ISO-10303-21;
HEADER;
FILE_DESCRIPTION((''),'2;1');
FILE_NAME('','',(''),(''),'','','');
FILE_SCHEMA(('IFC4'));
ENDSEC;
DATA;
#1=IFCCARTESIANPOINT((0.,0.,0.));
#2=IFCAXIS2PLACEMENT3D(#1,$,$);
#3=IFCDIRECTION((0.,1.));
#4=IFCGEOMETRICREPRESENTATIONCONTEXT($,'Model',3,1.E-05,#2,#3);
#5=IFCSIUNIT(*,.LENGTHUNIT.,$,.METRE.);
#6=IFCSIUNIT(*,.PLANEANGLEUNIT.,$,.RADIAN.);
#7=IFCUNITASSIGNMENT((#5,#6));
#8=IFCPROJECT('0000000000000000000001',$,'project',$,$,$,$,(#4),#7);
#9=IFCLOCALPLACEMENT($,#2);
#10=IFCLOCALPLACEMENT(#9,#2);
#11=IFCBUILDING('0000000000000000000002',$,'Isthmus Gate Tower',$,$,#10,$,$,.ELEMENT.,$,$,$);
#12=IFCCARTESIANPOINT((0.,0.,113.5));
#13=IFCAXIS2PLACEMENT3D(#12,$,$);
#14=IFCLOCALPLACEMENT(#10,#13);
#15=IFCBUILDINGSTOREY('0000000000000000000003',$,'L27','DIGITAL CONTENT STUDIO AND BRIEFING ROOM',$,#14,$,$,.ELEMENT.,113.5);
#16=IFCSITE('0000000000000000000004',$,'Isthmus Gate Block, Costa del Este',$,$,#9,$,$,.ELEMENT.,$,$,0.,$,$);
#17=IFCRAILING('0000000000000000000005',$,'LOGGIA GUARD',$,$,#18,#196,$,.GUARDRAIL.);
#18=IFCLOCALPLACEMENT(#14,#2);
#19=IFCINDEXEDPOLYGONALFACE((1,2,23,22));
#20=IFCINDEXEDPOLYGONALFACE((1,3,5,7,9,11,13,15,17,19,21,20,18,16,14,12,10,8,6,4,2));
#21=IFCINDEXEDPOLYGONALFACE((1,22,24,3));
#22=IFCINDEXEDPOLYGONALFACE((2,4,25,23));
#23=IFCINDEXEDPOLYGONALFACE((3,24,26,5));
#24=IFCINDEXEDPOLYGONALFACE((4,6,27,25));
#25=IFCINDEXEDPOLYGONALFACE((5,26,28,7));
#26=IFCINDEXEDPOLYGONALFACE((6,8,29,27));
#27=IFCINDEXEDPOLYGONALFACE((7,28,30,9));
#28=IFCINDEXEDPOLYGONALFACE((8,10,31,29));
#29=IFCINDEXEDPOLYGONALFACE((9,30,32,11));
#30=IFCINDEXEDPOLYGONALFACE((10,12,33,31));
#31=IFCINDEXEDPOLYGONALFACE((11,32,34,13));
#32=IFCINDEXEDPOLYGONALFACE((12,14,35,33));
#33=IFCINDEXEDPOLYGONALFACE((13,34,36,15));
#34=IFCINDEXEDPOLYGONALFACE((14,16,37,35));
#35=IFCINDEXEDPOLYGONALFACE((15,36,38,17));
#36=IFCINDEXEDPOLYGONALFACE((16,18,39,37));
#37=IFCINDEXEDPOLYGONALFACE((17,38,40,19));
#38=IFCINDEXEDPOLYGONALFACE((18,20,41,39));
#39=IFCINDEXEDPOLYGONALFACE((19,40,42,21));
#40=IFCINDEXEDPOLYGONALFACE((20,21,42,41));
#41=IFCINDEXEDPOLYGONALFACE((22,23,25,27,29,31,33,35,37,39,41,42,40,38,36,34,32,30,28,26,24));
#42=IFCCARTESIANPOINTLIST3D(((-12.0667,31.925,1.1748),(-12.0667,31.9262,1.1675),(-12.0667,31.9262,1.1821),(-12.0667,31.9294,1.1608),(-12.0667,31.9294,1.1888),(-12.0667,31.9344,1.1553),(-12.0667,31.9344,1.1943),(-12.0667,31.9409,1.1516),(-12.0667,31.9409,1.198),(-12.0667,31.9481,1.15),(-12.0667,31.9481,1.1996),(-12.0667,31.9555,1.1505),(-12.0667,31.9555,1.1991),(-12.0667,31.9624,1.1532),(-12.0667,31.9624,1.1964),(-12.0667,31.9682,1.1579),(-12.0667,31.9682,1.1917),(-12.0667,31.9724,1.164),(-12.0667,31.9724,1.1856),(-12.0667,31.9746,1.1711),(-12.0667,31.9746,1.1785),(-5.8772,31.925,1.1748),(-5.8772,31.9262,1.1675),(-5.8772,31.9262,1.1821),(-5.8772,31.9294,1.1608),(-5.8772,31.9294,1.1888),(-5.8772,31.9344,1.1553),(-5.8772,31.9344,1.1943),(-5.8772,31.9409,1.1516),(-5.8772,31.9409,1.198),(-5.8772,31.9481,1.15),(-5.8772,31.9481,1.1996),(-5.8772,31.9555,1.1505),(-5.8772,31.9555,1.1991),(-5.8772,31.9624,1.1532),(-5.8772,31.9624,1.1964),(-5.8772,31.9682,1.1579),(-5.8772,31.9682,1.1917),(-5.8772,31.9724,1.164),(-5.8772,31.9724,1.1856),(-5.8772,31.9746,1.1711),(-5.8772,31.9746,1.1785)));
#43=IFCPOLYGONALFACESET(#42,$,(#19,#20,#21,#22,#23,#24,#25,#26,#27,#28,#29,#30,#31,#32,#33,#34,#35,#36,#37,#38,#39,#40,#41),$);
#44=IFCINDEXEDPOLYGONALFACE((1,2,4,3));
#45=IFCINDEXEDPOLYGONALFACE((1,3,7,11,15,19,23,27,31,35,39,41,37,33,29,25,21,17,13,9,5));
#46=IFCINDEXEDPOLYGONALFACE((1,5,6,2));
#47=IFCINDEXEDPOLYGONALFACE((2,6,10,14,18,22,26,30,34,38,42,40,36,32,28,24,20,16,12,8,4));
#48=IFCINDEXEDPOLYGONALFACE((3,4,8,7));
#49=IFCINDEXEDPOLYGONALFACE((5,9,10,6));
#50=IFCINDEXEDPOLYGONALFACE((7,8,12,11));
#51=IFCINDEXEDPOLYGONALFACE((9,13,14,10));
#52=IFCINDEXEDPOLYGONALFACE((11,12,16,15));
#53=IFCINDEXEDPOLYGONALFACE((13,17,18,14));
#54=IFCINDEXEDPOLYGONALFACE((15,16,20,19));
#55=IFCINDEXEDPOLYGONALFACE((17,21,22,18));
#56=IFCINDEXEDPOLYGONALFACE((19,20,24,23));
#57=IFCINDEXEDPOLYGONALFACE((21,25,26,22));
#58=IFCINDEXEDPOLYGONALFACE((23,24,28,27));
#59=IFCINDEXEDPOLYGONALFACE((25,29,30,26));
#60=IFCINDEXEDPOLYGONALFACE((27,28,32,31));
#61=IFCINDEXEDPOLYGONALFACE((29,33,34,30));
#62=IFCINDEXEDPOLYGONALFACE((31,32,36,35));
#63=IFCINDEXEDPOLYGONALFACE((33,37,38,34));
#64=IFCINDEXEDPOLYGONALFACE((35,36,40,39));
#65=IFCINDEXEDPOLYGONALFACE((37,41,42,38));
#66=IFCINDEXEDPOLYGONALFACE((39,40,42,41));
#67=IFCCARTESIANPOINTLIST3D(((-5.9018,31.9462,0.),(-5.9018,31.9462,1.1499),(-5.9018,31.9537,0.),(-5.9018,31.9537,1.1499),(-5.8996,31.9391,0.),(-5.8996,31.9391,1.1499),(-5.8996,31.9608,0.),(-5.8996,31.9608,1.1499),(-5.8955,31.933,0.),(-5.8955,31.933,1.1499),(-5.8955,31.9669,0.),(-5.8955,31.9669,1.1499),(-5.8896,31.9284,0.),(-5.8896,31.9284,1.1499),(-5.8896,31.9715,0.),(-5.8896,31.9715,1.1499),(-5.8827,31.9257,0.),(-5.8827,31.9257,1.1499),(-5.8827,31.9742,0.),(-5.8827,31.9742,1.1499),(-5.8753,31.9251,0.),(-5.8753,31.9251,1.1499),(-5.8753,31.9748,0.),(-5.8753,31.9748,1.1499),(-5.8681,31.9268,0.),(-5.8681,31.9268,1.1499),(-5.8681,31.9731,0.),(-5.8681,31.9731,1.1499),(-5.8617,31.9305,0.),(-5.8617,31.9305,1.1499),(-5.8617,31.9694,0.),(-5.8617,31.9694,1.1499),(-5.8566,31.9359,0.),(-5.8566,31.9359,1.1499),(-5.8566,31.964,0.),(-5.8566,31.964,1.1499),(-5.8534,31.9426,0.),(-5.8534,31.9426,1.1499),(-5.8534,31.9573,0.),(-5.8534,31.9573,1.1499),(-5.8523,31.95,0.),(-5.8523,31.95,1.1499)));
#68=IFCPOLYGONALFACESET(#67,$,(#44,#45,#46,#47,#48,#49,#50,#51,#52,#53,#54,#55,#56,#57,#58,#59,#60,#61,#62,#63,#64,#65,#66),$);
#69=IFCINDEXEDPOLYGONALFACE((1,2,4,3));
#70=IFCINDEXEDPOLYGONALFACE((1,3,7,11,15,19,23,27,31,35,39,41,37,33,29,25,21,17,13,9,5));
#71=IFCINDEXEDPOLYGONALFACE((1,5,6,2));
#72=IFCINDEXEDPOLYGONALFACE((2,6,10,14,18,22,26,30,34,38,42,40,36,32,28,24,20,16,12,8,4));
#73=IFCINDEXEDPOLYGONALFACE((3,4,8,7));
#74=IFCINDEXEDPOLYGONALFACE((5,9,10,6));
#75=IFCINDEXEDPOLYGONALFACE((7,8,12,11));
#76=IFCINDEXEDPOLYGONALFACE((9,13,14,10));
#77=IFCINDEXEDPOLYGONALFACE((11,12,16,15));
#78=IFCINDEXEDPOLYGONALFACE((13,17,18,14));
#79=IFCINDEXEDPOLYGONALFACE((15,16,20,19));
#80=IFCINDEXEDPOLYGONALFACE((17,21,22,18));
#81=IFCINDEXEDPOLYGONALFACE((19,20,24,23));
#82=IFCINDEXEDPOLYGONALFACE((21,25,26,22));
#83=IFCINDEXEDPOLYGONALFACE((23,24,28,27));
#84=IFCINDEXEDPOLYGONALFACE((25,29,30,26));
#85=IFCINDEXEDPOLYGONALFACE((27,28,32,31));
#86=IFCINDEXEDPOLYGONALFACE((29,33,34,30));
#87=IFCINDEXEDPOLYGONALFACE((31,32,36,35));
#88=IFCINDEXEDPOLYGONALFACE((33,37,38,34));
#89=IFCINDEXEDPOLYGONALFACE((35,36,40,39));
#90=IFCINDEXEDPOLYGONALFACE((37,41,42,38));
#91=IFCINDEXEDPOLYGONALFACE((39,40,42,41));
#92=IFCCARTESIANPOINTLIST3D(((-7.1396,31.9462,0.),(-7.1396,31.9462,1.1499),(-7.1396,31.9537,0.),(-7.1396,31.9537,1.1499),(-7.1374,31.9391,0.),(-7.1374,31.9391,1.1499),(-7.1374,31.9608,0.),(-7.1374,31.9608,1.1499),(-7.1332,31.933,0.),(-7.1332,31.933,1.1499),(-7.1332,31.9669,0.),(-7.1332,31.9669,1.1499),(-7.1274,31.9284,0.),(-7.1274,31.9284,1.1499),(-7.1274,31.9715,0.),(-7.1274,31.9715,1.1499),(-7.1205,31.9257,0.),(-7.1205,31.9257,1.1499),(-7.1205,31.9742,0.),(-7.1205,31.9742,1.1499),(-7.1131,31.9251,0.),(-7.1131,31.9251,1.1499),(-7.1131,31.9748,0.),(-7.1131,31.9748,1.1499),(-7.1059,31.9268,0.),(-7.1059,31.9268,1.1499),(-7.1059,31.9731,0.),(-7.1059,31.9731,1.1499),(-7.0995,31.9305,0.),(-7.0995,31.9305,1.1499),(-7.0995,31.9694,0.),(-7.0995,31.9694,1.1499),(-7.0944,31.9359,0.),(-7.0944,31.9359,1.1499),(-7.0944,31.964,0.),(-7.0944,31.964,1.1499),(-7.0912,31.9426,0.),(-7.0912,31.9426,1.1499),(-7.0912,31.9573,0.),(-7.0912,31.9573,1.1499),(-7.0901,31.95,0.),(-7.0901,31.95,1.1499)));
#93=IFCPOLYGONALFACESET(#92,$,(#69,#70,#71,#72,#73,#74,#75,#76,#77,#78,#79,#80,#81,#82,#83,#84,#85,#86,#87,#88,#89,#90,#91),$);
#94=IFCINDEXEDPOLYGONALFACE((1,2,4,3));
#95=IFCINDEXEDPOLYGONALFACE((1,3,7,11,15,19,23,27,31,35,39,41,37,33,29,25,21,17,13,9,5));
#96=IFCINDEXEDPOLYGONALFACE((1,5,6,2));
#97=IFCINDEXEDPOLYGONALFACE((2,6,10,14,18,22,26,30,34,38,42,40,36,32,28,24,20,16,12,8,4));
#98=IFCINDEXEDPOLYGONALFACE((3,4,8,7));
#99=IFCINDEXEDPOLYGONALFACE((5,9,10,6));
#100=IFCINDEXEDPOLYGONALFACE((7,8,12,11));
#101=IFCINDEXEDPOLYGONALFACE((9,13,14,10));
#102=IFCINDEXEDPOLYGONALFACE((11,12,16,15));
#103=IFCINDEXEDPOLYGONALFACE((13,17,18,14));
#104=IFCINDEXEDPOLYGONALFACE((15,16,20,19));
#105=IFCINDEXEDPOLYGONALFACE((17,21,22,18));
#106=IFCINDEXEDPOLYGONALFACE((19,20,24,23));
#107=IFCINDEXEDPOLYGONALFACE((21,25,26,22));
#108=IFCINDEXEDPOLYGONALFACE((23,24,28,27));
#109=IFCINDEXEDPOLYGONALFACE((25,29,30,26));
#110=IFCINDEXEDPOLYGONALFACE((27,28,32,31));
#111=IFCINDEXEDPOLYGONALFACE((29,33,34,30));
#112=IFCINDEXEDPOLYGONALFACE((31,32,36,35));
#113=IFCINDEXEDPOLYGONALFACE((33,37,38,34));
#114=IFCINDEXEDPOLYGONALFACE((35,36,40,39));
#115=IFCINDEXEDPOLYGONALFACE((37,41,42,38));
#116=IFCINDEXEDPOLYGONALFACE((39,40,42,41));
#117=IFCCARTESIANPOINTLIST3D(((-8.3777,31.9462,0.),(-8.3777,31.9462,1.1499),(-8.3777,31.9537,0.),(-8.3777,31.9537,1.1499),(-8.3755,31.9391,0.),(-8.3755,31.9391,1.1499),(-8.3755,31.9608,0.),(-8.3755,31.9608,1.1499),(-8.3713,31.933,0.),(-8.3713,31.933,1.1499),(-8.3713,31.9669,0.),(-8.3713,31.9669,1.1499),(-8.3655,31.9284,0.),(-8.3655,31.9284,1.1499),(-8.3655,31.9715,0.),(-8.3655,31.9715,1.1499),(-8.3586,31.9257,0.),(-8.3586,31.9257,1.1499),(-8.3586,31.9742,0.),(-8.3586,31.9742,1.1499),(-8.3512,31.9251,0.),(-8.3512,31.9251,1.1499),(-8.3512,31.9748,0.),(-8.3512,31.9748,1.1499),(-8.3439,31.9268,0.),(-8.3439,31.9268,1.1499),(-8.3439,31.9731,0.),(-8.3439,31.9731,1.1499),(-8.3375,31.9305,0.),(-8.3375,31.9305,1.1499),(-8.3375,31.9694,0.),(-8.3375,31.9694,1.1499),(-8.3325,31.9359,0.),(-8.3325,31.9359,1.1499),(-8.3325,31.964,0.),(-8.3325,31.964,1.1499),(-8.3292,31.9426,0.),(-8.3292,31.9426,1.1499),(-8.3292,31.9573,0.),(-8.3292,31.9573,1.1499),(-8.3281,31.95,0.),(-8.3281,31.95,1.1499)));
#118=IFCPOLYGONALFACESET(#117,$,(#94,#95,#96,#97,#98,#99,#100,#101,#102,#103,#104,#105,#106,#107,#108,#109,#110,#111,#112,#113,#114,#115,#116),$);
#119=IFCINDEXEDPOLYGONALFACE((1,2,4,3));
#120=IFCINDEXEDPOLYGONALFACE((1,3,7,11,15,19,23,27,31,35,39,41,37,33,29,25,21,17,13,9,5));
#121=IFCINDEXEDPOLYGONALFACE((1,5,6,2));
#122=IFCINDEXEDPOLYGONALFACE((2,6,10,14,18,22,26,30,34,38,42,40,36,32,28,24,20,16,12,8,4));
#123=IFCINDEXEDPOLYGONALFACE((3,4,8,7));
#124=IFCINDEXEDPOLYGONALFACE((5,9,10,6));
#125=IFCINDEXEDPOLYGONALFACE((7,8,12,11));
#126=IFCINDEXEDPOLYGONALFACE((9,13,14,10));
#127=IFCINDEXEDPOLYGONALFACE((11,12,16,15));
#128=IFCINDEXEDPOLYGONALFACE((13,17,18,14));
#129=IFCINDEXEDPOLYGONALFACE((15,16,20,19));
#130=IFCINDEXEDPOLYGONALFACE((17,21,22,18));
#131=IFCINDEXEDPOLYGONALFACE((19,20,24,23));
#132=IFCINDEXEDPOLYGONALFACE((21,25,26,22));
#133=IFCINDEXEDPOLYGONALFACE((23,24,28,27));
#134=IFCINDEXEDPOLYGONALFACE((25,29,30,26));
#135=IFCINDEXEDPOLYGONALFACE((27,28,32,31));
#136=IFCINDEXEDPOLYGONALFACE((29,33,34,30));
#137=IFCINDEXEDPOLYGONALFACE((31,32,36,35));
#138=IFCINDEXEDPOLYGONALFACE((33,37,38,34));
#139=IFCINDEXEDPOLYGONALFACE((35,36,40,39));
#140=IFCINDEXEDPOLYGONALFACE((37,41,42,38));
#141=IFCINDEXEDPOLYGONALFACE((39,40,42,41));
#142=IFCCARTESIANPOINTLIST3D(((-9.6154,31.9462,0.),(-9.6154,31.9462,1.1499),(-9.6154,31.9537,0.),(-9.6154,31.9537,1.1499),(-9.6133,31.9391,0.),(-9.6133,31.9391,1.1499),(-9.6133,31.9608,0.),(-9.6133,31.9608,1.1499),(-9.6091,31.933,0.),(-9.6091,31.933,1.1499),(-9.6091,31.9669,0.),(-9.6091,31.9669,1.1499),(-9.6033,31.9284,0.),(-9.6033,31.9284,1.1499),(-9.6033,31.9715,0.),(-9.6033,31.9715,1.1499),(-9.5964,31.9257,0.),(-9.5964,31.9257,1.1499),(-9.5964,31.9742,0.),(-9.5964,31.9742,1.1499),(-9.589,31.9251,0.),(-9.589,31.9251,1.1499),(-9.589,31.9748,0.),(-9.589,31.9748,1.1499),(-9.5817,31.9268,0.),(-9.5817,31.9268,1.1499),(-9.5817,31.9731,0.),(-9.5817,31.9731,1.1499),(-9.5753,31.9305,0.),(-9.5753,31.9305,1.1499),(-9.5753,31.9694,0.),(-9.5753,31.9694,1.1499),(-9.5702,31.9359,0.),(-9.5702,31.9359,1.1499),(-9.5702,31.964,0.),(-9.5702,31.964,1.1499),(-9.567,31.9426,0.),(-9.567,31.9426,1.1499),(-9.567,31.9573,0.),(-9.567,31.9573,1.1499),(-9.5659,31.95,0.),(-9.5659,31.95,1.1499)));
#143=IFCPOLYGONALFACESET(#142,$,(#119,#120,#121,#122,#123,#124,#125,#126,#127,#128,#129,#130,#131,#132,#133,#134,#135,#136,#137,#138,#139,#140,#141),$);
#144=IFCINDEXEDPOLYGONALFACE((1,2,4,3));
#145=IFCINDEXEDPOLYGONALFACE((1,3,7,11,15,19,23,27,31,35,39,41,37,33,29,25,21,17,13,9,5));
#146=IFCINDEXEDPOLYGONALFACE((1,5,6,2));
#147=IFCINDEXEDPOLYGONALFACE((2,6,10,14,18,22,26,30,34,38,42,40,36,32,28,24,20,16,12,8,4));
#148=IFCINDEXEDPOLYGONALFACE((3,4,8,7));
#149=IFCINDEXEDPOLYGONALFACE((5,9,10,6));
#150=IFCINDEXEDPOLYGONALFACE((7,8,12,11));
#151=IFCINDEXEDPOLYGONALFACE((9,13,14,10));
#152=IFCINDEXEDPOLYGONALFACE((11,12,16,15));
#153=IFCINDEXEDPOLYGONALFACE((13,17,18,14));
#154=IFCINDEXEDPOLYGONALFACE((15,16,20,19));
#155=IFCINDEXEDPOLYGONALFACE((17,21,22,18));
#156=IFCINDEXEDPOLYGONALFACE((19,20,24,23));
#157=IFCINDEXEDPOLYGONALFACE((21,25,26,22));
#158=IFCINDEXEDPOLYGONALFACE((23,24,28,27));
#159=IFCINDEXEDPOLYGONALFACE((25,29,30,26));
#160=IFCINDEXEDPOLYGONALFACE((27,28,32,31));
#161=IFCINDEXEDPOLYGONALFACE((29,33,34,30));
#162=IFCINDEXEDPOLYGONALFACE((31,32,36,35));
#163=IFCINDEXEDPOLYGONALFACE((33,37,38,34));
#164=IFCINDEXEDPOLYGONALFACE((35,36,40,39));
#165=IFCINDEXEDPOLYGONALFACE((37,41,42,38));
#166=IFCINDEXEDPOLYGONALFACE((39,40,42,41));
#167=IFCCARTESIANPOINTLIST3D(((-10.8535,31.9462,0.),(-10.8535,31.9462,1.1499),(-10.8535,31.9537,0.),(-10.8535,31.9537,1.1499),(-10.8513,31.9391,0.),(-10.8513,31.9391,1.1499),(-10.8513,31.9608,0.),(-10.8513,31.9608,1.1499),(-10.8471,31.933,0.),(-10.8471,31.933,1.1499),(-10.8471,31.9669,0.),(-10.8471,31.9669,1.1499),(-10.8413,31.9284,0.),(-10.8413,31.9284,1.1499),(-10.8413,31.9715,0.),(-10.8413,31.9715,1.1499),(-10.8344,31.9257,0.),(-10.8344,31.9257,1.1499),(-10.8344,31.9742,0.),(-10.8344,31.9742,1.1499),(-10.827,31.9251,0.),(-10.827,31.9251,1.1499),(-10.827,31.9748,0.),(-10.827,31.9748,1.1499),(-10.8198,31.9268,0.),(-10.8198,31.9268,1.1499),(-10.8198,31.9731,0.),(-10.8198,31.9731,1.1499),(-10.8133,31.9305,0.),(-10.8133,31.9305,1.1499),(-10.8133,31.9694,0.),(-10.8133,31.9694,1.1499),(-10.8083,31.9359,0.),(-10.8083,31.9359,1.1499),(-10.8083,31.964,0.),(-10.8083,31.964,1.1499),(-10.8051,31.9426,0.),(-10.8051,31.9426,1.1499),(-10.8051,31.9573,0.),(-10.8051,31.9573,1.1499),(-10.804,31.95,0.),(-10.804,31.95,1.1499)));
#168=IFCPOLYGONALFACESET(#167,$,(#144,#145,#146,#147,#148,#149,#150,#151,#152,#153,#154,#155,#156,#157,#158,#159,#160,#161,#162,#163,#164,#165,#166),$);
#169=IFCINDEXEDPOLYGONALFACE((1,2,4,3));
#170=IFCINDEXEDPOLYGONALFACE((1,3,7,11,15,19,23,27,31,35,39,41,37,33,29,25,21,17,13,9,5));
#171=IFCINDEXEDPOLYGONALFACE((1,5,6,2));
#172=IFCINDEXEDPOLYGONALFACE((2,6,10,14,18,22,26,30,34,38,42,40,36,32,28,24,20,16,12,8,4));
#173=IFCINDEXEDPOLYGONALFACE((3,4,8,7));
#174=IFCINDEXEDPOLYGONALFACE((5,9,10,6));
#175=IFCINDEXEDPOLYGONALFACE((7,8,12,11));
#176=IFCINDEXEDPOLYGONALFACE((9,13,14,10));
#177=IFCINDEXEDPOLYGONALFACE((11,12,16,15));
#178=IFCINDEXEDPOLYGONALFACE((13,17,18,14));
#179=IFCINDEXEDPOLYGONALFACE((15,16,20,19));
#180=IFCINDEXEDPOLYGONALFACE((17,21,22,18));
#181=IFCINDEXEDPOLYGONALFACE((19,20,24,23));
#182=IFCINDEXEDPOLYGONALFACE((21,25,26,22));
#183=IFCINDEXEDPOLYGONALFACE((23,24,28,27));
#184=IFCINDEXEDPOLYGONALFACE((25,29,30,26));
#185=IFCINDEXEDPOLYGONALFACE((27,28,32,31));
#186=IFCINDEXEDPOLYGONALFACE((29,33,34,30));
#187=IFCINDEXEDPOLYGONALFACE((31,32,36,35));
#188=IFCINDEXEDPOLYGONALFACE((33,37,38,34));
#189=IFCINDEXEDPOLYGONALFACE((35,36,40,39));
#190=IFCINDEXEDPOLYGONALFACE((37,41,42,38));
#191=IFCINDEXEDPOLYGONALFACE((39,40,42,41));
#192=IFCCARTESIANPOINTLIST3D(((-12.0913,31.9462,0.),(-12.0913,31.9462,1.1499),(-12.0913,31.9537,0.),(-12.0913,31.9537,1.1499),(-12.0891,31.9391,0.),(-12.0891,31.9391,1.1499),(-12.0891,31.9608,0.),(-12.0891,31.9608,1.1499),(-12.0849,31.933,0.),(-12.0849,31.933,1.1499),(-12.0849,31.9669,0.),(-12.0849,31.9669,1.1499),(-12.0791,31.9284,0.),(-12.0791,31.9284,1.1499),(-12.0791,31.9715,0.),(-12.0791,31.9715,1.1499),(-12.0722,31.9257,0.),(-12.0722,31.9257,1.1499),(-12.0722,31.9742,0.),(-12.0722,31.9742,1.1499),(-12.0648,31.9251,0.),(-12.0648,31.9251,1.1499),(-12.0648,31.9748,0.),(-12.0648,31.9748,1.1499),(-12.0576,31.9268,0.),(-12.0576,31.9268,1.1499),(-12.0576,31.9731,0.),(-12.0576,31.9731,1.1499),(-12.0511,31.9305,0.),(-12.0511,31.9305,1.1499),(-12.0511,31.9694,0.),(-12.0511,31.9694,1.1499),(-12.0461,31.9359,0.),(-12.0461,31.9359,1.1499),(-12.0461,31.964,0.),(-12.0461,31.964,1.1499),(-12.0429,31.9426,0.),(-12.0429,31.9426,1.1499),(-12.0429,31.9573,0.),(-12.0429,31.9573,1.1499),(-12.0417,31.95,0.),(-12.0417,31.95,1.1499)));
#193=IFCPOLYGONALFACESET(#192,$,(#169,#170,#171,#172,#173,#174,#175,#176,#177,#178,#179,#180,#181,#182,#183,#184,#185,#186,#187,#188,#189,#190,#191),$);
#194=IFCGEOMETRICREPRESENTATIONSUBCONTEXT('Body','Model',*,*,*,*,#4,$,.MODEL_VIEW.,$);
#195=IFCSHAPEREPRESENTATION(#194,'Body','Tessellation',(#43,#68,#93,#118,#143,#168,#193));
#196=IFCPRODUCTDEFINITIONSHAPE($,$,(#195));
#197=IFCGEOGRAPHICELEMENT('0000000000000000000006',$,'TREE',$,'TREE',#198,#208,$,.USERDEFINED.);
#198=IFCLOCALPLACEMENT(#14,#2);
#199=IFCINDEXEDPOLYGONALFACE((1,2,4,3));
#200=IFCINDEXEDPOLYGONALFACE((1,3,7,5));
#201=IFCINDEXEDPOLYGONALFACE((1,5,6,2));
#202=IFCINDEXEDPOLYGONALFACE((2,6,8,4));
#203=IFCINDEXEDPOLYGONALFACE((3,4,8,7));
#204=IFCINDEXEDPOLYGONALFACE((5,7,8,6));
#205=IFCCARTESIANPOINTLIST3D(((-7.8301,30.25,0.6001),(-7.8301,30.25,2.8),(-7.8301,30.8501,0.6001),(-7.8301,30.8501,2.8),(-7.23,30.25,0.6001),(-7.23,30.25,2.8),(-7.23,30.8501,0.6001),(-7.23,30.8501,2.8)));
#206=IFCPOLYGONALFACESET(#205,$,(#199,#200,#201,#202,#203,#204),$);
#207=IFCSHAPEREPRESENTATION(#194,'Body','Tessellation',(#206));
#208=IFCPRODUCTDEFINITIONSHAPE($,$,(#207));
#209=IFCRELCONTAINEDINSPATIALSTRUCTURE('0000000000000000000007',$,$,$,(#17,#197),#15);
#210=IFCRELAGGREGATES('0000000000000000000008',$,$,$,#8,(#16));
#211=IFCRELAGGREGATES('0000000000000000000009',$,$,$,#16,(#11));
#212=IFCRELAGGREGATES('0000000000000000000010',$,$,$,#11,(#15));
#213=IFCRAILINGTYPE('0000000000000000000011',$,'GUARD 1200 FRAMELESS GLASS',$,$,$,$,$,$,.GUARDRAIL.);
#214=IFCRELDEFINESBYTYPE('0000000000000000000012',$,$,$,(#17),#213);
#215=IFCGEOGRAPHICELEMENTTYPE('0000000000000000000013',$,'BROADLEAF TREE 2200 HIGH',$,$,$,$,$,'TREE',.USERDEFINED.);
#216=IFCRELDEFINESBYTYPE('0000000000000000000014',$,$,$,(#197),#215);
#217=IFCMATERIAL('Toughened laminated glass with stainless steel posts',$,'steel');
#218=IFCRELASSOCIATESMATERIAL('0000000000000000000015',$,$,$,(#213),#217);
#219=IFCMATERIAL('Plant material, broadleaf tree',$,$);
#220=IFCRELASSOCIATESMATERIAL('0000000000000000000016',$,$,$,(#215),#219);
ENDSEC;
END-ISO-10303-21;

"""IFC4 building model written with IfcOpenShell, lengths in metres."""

from ifc_helpers import new_model, si_unit, direction, frame, origin, origin_2d, place, context, subcontext, project, spatial, rectangle, circle, extrude, material, type_object, element, save


model = new_model("IFC4")

# Units and contexts
model_context = context("Model", 3, precision=1e-05, world=origin(), true_north=direction((0.0, 1.0)))
body_context = subcontext(model_context, "Body", "Model", "MODEL_VIEW")
ifc_project = project(units=[si_unit("LENGTHUNIT", "METRE"), si_unit("PLANEANGLEUNIT", "RADIAN")], contexts=[model_context])

# Site, building, storey
site_placement = place(None, origin())
site = spatial("IfcSite", under=ifc_project, at=site_placement, Name="Isthmus Gate Block, Costa del Este", CompositionType="ELEMENT", RefElevation=0.0)
building_placement = place(site_placement, origin())
building = spatial("IfcBuilding", under=site, at=building_placement, Name="Isthmus Gate Tower", CompositionType="ELEMENT")
storey_placement = place(building_placement, frame((0.0, 0.0, 113.5)))
storey = spatial("IfcBuildingStorey", under=building, at=storey_placement, Name="L27", Description="DIGITAL CONTENT STUDIO AND BRIEFING ROOM", CompositionType="ELEMENT", Elevation=113.5)

# Railing
ifc_material_1 = material(Name="Toughened laminated glass with stainless steel posts", Category="steel")
railing_type = type_object("IfcRailingType", Name="GUARD 1200 FRAMELESS GLASS", PredefinedType="GUARDRAIL", material=ifc_material_1)
railing_placement = place(storey_placement, frame((-5.8772, 31.95, 0.0)))
element("IfcRailing", 1, at=railing_placement, inside=storey, type_object=railing_type, Name="LOGGIA GUARD", PredefinedType="GUARDRAIL", context=body_context, shape_type="SweptSolid", body=[
    extrude(circle(Radius=0.0249, at=origin_2d()), frame((0.0, 0.0, 1.1748), z_axis=(-1.0, 0.0, 0.0), x_axis=(0.0, -1.0, 0.0)), (0.0, 0.0, 1.0), 6.1895),
    extrude(circle(Radius=0.0249, at=origin_2d()), origin(), (0.0, 0.0, 1.0), 1.1499),
    extrude(circle(Radius=0.0249, at=origin_2d()), frame((-1.2378, 0.0, 0.0)), (0.0, 0.0, 1.0), 1.1499),
    extrude(circle(Radius=0.0249, at=origin_2d()), frame((-2.4758, 0.0, 0.0)), (0.0, 0.0, 1.0), 1.1499),
    extrude(circle(Radius=0.0249, at=origin_2d()), frame((-3.7136, 0.0, 0.0)), (0.0, 0.0, 1.0), 1.1499),
    extrude(circle(Radius=0.0249, at=origin_2d()), frame((-4.9517, 0.0, 0.0)), (0.0, 0.0, 1.0), 1.1499),
    extrude(circle(Radius=0.0249, at=origin_2d()), frame((-6.1895, 0.0, 0.0)), (0.0, 0.0, 1.0), 1.1499),
])

# Geographic element
ifc_material_2 = material(Name="Plant material, broadleaf tree")
geographic_element_type = type_object("IfcGeographicElementType", Name="BROADLEAF TREE 2200 HIGH", ElementType="TREE", PredefinedType="USERDEFINED", material=ifc_material_2)
for number, where, z_axis, x_axis, name in (
    (2, (-7.53, 30.55, 0.6001), (0.0, 0.0, 1.0), (-1.0, 0.0, 0.0), "TREE"),
):
    element("IfcGeographicElement", number, at=place(storey_placement, frame(where, z_axis=z_axis, x_axis=x_axis)), inside=storey, type_object=geographic_element_type, Name=name, ObjectType="TREE", PredefinedType="USERDEFINED", context=body_context, shape_type="SweptSolid", body=[
        extrude(rectangle(XDim=0.6001, YDim=0.6001, at=origin_2d()), origin(), (0.0, 0.0, 1.0), 2.2),
    ])

save(model, "model.ifc")
